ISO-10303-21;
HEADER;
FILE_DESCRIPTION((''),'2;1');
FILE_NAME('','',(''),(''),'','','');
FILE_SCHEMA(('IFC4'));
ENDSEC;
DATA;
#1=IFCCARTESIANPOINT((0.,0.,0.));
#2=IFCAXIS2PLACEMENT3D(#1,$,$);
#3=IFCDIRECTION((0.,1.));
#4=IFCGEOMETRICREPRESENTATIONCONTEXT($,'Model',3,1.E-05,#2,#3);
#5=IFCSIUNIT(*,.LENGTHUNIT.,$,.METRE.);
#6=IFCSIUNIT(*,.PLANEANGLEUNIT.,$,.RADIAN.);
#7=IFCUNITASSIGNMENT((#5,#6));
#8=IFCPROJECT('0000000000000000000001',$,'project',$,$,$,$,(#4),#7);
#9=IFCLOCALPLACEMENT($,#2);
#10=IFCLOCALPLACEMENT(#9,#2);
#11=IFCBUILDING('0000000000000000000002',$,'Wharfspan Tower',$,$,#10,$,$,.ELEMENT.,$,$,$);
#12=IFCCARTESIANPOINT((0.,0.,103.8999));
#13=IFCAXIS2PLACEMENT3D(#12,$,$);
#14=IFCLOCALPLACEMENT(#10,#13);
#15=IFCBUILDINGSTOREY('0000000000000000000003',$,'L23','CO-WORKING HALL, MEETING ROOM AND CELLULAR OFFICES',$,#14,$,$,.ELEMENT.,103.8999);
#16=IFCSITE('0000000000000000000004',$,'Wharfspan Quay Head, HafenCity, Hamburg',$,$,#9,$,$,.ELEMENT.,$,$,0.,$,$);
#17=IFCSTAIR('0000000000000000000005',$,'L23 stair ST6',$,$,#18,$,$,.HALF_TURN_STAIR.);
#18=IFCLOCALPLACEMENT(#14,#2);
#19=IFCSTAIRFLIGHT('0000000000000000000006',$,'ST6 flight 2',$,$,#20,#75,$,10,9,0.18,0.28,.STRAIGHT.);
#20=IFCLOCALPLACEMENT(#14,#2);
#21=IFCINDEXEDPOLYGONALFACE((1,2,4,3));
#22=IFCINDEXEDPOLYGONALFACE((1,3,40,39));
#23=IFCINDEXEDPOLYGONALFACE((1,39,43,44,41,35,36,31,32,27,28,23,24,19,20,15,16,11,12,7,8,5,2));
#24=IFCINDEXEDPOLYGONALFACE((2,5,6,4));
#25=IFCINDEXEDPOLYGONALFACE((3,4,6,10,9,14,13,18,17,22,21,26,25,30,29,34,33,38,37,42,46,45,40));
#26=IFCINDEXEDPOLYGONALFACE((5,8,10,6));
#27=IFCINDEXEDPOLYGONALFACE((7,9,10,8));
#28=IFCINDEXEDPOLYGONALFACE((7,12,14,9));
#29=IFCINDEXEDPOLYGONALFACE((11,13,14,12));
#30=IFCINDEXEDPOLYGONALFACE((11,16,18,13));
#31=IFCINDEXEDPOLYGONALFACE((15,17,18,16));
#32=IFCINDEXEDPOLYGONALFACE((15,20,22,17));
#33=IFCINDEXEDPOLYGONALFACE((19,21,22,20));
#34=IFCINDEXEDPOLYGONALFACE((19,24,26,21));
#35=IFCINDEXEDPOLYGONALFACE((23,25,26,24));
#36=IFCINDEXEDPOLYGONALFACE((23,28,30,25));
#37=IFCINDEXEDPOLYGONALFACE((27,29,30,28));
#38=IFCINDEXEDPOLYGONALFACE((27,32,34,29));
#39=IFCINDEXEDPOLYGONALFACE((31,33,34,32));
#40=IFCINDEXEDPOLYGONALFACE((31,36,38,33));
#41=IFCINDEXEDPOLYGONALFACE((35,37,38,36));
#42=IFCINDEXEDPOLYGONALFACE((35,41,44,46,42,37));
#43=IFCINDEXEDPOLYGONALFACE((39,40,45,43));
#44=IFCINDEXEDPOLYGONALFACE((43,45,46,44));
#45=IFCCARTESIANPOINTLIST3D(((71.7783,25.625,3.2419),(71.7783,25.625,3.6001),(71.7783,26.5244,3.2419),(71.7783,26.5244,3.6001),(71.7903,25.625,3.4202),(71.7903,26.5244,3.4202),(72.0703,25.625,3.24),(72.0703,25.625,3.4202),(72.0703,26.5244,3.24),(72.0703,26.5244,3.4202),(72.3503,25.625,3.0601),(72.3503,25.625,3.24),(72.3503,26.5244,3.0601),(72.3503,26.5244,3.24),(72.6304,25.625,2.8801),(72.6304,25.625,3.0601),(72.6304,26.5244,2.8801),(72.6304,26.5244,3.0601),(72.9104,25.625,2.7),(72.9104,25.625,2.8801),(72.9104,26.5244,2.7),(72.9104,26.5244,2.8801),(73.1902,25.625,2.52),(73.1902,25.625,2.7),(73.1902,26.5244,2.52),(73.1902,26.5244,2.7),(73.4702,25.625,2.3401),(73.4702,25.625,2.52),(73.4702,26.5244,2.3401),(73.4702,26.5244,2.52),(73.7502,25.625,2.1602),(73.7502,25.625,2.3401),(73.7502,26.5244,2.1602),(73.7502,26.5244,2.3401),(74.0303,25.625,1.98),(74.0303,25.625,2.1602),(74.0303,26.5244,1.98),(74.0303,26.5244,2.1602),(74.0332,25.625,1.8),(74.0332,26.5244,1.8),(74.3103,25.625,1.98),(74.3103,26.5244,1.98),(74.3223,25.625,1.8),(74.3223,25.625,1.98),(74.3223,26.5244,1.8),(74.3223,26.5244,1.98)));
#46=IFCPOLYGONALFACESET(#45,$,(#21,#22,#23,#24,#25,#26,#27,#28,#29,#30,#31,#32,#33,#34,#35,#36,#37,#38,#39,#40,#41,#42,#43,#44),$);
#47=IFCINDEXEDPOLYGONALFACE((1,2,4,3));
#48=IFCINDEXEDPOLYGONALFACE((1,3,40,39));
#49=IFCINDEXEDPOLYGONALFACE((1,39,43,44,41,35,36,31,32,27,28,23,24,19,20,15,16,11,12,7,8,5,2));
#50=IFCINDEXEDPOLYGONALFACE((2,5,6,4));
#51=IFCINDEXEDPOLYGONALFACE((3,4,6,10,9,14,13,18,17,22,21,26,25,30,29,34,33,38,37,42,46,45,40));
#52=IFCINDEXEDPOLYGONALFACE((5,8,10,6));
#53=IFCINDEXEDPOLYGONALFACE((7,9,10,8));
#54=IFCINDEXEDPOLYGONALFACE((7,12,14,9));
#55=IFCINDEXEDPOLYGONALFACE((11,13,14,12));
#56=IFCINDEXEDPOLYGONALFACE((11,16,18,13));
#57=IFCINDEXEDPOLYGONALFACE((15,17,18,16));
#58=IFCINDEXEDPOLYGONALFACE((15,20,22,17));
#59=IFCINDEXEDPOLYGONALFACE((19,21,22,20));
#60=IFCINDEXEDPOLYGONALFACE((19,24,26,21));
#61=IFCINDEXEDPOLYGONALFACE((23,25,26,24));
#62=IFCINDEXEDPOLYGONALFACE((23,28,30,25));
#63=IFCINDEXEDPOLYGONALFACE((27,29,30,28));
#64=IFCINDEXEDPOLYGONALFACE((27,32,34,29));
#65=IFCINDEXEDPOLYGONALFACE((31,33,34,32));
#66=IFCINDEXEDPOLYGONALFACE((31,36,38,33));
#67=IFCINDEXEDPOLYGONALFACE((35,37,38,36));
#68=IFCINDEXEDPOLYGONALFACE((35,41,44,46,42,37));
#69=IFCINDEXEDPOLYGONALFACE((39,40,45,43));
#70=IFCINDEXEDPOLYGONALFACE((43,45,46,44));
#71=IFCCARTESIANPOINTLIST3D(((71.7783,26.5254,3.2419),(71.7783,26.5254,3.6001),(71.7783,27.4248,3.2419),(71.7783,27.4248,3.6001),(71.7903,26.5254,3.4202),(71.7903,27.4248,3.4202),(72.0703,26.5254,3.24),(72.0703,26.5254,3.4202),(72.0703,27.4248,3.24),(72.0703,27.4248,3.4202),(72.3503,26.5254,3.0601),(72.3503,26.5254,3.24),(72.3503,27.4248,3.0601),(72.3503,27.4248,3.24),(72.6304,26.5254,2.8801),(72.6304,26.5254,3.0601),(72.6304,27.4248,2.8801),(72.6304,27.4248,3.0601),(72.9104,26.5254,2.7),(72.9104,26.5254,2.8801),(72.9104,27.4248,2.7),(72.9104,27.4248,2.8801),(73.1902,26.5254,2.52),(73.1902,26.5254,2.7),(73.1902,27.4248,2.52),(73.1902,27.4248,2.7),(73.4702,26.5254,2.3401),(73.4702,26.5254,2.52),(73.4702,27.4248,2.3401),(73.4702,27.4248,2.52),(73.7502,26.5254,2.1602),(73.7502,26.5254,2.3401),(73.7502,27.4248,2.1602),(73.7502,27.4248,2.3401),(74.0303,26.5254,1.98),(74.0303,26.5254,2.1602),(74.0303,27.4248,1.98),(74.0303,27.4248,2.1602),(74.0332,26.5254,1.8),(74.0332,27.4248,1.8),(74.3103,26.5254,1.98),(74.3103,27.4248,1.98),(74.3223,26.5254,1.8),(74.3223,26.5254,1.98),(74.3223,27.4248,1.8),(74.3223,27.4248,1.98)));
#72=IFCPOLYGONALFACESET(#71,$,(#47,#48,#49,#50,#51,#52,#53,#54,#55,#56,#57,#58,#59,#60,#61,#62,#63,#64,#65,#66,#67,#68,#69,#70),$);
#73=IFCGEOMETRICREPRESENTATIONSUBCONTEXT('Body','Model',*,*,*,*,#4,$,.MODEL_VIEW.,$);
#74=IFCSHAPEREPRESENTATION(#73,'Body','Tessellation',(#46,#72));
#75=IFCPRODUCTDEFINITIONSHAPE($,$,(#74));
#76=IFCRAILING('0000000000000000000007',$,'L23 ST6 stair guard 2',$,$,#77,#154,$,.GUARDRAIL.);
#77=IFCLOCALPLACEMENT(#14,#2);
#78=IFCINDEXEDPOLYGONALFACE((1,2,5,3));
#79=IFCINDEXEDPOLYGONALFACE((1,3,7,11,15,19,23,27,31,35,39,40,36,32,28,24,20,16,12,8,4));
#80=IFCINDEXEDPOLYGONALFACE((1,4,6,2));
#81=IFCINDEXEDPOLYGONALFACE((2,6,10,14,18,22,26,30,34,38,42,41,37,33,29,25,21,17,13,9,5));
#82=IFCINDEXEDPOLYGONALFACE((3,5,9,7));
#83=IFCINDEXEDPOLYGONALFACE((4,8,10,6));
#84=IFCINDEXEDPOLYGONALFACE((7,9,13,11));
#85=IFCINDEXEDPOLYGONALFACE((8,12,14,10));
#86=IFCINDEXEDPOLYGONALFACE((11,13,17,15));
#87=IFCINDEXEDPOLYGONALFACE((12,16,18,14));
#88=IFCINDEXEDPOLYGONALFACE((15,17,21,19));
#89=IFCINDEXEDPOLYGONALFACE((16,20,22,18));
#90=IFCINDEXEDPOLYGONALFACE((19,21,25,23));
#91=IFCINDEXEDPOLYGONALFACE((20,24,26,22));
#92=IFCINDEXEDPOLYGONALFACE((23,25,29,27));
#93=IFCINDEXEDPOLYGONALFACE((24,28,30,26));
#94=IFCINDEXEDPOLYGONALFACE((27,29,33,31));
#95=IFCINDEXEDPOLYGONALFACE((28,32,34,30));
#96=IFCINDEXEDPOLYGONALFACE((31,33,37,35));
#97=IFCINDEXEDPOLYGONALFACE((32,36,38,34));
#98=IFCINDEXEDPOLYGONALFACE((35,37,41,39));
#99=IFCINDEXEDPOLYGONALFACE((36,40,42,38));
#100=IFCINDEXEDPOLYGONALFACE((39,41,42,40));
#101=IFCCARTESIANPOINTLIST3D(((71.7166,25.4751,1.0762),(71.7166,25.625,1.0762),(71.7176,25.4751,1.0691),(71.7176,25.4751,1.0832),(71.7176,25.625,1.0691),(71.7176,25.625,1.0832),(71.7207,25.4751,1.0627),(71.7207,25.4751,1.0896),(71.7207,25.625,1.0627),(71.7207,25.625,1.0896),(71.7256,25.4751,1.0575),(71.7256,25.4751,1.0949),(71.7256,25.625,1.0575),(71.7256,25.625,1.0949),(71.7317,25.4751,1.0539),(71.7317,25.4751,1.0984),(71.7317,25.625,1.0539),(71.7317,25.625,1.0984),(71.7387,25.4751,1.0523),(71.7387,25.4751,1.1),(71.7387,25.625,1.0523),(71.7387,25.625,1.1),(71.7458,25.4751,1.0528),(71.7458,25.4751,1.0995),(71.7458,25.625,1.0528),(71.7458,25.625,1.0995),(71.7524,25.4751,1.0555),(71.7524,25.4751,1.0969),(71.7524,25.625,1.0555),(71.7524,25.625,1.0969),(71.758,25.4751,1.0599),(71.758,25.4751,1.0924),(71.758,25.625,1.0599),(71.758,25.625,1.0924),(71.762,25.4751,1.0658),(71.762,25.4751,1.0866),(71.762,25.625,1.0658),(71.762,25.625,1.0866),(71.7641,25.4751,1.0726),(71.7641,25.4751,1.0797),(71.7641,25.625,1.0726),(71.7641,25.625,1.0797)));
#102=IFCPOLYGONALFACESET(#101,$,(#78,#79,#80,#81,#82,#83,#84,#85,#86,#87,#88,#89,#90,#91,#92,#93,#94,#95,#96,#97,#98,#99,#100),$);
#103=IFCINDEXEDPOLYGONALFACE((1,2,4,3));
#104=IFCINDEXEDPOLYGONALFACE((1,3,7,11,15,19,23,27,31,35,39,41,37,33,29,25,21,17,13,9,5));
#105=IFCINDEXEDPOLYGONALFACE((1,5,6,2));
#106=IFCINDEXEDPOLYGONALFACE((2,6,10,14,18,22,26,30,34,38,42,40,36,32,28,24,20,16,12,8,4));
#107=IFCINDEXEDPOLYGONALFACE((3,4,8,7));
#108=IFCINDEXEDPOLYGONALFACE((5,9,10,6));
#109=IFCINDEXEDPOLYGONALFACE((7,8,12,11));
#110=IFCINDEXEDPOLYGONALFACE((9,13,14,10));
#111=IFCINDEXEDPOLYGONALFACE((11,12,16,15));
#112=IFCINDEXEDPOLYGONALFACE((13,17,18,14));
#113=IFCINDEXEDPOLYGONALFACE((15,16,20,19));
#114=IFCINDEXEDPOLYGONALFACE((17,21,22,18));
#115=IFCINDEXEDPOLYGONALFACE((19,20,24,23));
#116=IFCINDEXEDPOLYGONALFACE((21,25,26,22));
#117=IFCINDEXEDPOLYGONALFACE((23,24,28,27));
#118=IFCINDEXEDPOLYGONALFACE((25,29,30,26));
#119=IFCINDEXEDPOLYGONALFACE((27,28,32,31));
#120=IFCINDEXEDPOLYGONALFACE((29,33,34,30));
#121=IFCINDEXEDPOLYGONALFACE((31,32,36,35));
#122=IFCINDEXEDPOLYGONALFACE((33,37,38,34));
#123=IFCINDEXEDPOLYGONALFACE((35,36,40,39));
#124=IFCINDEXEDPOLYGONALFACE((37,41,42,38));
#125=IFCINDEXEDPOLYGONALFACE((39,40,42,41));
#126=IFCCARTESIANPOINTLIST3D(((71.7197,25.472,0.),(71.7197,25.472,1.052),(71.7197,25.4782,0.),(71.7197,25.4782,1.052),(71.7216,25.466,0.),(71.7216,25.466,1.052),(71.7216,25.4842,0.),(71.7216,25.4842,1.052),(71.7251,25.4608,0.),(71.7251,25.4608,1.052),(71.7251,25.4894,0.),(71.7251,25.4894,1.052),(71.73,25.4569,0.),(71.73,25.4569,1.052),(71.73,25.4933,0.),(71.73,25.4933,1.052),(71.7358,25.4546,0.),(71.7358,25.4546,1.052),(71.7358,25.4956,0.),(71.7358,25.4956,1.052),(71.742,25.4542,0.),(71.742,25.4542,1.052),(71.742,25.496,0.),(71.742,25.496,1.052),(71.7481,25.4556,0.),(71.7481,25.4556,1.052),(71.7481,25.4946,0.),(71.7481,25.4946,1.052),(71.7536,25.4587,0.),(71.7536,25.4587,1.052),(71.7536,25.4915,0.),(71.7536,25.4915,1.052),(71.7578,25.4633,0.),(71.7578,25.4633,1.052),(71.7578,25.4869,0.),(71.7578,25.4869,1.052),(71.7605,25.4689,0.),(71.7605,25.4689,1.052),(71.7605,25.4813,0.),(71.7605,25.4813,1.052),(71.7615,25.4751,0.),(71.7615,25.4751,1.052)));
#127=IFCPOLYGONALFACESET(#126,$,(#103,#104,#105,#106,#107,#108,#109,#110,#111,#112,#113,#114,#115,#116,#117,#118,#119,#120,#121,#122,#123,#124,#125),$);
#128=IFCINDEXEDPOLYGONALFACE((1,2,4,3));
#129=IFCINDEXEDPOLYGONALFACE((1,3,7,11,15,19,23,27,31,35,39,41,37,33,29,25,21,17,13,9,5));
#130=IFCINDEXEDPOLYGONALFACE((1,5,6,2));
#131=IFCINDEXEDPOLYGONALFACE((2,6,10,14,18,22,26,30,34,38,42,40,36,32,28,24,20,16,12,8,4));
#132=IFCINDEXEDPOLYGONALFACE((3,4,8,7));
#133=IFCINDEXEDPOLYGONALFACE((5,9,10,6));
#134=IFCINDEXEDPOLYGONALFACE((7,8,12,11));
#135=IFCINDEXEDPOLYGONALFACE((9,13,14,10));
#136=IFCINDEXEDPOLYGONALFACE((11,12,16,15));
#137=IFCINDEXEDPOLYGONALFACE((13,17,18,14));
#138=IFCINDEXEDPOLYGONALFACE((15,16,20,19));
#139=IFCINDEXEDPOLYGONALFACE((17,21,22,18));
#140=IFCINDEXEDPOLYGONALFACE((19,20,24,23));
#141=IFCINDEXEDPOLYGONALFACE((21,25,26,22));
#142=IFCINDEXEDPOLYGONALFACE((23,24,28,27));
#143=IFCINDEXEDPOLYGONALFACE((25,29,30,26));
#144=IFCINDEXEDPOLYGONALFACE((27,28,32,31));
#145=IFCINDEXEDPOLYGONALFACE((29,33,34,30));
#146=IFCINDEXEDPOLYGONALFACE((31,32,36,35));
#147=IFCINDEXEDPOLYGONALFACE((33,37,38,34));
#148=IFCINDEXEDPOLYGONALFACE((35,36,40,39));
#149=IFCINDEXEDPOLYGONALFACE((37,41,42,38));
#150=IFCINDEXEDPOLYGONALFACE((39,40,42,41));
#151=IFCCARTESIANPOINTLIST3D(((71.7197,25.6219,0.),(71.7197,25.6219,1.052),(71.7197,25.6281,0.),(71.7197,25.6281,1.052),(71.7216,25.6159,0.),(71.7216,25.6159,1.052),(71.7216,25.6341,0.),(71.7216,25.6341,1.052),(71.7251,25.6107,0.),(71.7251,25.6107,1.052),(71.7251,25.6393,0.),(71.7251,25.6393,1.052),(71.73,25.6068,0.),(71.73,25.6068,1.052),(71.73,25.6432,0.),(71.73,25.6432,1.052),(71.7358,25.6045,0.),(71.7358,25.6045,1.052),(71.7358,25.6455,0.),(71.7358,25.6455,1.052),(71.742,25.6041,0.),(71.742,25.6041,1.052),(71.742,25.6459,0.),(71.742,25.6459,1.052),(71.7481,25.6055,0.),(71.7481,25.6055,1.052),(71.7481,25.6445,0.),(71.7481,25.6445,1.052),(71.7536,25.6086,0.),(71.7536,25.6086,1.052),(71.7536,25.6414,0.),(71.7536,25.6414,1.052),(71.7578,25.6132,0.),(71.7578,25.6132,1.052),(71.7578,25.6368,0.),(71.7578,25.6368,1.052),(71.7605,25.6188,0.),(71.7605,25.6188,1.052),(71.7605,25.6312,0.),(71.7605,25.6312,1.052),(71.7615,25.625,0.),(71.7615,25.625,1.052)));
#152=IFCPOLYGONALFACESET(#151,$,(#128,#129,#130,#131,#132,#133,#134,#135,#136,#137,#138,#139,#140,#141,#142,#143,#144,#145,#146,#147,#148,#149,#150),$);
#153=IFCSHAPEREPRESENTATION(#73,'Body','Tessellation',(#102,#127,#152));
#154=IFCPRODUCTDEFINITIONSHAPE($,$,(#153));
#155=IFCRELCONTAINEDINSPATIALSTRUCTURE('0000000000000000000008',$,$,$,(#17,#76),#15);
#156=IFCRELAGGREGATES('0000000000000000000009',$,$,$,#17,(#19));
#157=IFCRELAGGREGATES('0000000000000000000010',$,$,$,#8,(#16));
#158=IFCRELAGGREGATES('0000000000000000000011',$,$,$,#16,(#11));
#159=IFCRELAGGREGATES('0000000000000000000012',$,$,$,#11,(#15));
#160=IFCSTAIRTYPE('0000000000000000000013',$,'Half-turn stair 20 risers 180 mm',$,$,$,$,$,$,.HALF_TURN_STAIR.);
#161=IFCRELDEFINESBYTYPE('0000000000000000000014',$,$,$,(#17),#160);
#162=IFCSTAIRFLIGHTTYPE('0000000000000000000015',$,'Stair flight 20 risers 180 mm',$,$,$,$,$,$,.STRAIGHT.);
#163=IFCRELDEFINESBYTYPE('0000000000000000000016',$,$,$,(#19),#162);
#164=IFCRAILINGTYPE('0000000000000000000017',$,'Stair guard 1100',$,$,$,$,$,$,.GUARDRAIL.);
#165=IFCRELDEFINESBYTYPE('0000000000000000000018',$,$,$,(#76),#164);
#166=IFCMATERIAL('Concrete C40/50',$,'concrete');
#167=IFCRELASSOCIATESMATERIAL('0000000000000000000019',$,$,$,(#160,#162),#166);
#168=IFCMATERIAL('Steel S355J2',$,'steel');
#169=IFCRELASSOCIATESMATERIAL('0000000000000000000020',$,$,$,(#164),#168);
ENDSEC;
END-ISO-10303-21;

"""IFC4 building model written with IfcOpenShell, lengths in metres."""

from ifc_helpers import new_model, si_unit, direction, frame, origin, origin_2d, place, context, subcontext, project, spatial, polyline, circle, outline, extrude, material, type_object, element, aggregate, save


model = new_model("IFC4")

# Units and contexts
model_context = context("Model", 3, precision=1e-05, world=origin(), true_north=direction((0.0, 1.0)))
body_context = subcontext(model_context, "Body", "Model", "MODEL_VIEW")
ifc_project = project(units=[si_unit("LENGTHUNIT", "METRE"), si_unit("PLANEANGLEUNIT", "RADIAN")], contexts=[model_context])

# Site, building, storey
site_placement = place(None, origin())
site = spatial("IfcSite", under=ifc_project, at=site_placement, Name="Wharfspan Quay Head, HafenCity, Hamburg", CompositionType="ELEMENT", RefElevation=0.0)
building_placement = place(site_placement, origin())
building = spatial("IfcBuilding", under=site, at=building_placement, Name="Wharfspan Tower", CompositionType="ELEMENT")
storey_placement = place(building_placement, frame((0.0, 0.0, 103.8999)))
storey = spatial("IfcBuildingStorey", under=building, at=storey_placement, Name="L23", Description="CO-WORKING HALL, MEETING ROOM AND CELLULAR OFFICES", CompositionType="ELEMENT", Elevation=103.8999)

# Shared definitions
ifc_material_1 = material(Name="Steel S355J2", Category="steel")

# Shared definitions
ifc_material_2 = material(Name="Concrete C40/50", Category="concrete")

# Stair, stair flight
stair_type = type_object("IfcStairType", Name="Half-turn stair 20 risers 180 mm", PredefinedType="HALF_TURN_STAIR", material=ifc_material_2)
stair_placement = place(storey_placement, origin())
stair = element("IfcStair", 1, at=stair_placement, inside=storey, type_object=stair_type, Name="L23 stair ST6", PredefinedType="HALF_TURN_STAIR")
stair_flight_type = type_object("IfcStairFlightType", Name="Stair flight 20 risers 180 mm", PredefinedType="STRAIGHT", material=ifc_material_2)
stair_flight_1_placement = place(storey_placement, frame((74.3103, 26.5249, 1.8), z_axis=(0.0, 0.0, 1.0), x_axis=(-1.0, 0.0, 0.0)))
stair_flight_1 = element("IfcStairFlight", 2, at=stair_flight_1_placement, type_object=stair_flight_type, Name="ST6 flight 2", NumberOfRisers=10, NumberOfTreads=9, PredefinedType="STRAIGHT", RiserHeight=0.18, TreadLength=0.28, context=body_context, shape_type="SweptSolid", body=[
    extrude(outline(polyline([(-0.012, 0.0), (-0.012, 0.1799), (0.0, 0.1799), (0.28, 0.1799), (0.28, 0.3601), (0.5601, 0.3601), (0.5601, 0.54), (0.8401, 0.54), (0.8401, 0.72), (1.1201, 0.72), (1.1201, 0.8999), (1.3999, 0.8999), (1.3999, 1.0801), (1.6799, 1.0801), (1.6799, 1.26), (1.96, 1.26), (1.96, 1.4399), (2.24, 1.4399), (2.24, 1.6201), (2.52, 1.6201), (2.532, 1.8), (2.532, 1.4419), (0.2771, 0.0), (-0.012, 0.0)])), frame((0.0, 0.8999, 0.0), z_axis=(0.0, -1.0, 0.0), x_axis=(1.0, 0.0, 0.0)), (0.0, 0.0, 1.0), 0.8994),
    extrude(outline(polyline([(-0.012, 0.0), (-0.012, 0.1799), (0.0, 0.1799), (0.28, 0.1799), (0.28, 0.3601), (0.5601, 0.3601), (0.5601, 0.54), (0.8401, 0.54), (0.8401, 0.72), (1.1201, 0.72), (1.1201, 0.8999), (1.3999, 0.8999), (1.3999, 1.0801), (1.6799, 1.0801), (1.6799, 1.26), (1.96, 1.26), (1.96, 1.4399), (2.24, 1.4399), (2.24, 1.6201), (2.52, 1.6201), (2.532, 1.8), (2.532, 1.4419), (0.2771, 0.0), (-0.012, 0.0)])), frame((0.0, -0.0005, 0.0), z_axis=(0.0, -1.0, 0.0), x_axis=(1.0, 0.0, 0.0)), (0.0, 0.0, 1.0), 0.8994),
])
aggregate(stair, [stair_flight_1])

# Railing
railing_type_1 = type_object("IfcRailingType", Name="Stair guard 1100", PredefinedType="GUARDRAIL", material=ifc_material_1)
railing_1_placement = place(storey_placement, frame((71.7405, 25.4751, 0.0)))
element("IfcRailing", 3, at=railing_1_placement, inside=storey, type_object=railing_type_1, Name="L23 ST6 stair guard 2", PredefinedType="GUARDRAIL", context=body_context, shape_type="SweptSolid", body=[
    extrude(circle(Radius=0.0239, at=origin_2d()), frame((0.0, 0.0, 1.0762), z_axis=(0.0, 1.0, 0.0), x_axis=(-1.0, 0.0, 0.0)), (0.0, 0.0, 1.0), 0.1499),
    extrude(circle(Radius=0.021, at=origin_2d()), origin(), (0.0, 0.0, 1.0), 1.052),
    extrude(circle(Radius=0.021, at=origin_2d()), frame((0.0, 0.1499, 0.0)), (0.0, 0.0, 1.0), 1.052),
])

save(model, "model.ifc")
